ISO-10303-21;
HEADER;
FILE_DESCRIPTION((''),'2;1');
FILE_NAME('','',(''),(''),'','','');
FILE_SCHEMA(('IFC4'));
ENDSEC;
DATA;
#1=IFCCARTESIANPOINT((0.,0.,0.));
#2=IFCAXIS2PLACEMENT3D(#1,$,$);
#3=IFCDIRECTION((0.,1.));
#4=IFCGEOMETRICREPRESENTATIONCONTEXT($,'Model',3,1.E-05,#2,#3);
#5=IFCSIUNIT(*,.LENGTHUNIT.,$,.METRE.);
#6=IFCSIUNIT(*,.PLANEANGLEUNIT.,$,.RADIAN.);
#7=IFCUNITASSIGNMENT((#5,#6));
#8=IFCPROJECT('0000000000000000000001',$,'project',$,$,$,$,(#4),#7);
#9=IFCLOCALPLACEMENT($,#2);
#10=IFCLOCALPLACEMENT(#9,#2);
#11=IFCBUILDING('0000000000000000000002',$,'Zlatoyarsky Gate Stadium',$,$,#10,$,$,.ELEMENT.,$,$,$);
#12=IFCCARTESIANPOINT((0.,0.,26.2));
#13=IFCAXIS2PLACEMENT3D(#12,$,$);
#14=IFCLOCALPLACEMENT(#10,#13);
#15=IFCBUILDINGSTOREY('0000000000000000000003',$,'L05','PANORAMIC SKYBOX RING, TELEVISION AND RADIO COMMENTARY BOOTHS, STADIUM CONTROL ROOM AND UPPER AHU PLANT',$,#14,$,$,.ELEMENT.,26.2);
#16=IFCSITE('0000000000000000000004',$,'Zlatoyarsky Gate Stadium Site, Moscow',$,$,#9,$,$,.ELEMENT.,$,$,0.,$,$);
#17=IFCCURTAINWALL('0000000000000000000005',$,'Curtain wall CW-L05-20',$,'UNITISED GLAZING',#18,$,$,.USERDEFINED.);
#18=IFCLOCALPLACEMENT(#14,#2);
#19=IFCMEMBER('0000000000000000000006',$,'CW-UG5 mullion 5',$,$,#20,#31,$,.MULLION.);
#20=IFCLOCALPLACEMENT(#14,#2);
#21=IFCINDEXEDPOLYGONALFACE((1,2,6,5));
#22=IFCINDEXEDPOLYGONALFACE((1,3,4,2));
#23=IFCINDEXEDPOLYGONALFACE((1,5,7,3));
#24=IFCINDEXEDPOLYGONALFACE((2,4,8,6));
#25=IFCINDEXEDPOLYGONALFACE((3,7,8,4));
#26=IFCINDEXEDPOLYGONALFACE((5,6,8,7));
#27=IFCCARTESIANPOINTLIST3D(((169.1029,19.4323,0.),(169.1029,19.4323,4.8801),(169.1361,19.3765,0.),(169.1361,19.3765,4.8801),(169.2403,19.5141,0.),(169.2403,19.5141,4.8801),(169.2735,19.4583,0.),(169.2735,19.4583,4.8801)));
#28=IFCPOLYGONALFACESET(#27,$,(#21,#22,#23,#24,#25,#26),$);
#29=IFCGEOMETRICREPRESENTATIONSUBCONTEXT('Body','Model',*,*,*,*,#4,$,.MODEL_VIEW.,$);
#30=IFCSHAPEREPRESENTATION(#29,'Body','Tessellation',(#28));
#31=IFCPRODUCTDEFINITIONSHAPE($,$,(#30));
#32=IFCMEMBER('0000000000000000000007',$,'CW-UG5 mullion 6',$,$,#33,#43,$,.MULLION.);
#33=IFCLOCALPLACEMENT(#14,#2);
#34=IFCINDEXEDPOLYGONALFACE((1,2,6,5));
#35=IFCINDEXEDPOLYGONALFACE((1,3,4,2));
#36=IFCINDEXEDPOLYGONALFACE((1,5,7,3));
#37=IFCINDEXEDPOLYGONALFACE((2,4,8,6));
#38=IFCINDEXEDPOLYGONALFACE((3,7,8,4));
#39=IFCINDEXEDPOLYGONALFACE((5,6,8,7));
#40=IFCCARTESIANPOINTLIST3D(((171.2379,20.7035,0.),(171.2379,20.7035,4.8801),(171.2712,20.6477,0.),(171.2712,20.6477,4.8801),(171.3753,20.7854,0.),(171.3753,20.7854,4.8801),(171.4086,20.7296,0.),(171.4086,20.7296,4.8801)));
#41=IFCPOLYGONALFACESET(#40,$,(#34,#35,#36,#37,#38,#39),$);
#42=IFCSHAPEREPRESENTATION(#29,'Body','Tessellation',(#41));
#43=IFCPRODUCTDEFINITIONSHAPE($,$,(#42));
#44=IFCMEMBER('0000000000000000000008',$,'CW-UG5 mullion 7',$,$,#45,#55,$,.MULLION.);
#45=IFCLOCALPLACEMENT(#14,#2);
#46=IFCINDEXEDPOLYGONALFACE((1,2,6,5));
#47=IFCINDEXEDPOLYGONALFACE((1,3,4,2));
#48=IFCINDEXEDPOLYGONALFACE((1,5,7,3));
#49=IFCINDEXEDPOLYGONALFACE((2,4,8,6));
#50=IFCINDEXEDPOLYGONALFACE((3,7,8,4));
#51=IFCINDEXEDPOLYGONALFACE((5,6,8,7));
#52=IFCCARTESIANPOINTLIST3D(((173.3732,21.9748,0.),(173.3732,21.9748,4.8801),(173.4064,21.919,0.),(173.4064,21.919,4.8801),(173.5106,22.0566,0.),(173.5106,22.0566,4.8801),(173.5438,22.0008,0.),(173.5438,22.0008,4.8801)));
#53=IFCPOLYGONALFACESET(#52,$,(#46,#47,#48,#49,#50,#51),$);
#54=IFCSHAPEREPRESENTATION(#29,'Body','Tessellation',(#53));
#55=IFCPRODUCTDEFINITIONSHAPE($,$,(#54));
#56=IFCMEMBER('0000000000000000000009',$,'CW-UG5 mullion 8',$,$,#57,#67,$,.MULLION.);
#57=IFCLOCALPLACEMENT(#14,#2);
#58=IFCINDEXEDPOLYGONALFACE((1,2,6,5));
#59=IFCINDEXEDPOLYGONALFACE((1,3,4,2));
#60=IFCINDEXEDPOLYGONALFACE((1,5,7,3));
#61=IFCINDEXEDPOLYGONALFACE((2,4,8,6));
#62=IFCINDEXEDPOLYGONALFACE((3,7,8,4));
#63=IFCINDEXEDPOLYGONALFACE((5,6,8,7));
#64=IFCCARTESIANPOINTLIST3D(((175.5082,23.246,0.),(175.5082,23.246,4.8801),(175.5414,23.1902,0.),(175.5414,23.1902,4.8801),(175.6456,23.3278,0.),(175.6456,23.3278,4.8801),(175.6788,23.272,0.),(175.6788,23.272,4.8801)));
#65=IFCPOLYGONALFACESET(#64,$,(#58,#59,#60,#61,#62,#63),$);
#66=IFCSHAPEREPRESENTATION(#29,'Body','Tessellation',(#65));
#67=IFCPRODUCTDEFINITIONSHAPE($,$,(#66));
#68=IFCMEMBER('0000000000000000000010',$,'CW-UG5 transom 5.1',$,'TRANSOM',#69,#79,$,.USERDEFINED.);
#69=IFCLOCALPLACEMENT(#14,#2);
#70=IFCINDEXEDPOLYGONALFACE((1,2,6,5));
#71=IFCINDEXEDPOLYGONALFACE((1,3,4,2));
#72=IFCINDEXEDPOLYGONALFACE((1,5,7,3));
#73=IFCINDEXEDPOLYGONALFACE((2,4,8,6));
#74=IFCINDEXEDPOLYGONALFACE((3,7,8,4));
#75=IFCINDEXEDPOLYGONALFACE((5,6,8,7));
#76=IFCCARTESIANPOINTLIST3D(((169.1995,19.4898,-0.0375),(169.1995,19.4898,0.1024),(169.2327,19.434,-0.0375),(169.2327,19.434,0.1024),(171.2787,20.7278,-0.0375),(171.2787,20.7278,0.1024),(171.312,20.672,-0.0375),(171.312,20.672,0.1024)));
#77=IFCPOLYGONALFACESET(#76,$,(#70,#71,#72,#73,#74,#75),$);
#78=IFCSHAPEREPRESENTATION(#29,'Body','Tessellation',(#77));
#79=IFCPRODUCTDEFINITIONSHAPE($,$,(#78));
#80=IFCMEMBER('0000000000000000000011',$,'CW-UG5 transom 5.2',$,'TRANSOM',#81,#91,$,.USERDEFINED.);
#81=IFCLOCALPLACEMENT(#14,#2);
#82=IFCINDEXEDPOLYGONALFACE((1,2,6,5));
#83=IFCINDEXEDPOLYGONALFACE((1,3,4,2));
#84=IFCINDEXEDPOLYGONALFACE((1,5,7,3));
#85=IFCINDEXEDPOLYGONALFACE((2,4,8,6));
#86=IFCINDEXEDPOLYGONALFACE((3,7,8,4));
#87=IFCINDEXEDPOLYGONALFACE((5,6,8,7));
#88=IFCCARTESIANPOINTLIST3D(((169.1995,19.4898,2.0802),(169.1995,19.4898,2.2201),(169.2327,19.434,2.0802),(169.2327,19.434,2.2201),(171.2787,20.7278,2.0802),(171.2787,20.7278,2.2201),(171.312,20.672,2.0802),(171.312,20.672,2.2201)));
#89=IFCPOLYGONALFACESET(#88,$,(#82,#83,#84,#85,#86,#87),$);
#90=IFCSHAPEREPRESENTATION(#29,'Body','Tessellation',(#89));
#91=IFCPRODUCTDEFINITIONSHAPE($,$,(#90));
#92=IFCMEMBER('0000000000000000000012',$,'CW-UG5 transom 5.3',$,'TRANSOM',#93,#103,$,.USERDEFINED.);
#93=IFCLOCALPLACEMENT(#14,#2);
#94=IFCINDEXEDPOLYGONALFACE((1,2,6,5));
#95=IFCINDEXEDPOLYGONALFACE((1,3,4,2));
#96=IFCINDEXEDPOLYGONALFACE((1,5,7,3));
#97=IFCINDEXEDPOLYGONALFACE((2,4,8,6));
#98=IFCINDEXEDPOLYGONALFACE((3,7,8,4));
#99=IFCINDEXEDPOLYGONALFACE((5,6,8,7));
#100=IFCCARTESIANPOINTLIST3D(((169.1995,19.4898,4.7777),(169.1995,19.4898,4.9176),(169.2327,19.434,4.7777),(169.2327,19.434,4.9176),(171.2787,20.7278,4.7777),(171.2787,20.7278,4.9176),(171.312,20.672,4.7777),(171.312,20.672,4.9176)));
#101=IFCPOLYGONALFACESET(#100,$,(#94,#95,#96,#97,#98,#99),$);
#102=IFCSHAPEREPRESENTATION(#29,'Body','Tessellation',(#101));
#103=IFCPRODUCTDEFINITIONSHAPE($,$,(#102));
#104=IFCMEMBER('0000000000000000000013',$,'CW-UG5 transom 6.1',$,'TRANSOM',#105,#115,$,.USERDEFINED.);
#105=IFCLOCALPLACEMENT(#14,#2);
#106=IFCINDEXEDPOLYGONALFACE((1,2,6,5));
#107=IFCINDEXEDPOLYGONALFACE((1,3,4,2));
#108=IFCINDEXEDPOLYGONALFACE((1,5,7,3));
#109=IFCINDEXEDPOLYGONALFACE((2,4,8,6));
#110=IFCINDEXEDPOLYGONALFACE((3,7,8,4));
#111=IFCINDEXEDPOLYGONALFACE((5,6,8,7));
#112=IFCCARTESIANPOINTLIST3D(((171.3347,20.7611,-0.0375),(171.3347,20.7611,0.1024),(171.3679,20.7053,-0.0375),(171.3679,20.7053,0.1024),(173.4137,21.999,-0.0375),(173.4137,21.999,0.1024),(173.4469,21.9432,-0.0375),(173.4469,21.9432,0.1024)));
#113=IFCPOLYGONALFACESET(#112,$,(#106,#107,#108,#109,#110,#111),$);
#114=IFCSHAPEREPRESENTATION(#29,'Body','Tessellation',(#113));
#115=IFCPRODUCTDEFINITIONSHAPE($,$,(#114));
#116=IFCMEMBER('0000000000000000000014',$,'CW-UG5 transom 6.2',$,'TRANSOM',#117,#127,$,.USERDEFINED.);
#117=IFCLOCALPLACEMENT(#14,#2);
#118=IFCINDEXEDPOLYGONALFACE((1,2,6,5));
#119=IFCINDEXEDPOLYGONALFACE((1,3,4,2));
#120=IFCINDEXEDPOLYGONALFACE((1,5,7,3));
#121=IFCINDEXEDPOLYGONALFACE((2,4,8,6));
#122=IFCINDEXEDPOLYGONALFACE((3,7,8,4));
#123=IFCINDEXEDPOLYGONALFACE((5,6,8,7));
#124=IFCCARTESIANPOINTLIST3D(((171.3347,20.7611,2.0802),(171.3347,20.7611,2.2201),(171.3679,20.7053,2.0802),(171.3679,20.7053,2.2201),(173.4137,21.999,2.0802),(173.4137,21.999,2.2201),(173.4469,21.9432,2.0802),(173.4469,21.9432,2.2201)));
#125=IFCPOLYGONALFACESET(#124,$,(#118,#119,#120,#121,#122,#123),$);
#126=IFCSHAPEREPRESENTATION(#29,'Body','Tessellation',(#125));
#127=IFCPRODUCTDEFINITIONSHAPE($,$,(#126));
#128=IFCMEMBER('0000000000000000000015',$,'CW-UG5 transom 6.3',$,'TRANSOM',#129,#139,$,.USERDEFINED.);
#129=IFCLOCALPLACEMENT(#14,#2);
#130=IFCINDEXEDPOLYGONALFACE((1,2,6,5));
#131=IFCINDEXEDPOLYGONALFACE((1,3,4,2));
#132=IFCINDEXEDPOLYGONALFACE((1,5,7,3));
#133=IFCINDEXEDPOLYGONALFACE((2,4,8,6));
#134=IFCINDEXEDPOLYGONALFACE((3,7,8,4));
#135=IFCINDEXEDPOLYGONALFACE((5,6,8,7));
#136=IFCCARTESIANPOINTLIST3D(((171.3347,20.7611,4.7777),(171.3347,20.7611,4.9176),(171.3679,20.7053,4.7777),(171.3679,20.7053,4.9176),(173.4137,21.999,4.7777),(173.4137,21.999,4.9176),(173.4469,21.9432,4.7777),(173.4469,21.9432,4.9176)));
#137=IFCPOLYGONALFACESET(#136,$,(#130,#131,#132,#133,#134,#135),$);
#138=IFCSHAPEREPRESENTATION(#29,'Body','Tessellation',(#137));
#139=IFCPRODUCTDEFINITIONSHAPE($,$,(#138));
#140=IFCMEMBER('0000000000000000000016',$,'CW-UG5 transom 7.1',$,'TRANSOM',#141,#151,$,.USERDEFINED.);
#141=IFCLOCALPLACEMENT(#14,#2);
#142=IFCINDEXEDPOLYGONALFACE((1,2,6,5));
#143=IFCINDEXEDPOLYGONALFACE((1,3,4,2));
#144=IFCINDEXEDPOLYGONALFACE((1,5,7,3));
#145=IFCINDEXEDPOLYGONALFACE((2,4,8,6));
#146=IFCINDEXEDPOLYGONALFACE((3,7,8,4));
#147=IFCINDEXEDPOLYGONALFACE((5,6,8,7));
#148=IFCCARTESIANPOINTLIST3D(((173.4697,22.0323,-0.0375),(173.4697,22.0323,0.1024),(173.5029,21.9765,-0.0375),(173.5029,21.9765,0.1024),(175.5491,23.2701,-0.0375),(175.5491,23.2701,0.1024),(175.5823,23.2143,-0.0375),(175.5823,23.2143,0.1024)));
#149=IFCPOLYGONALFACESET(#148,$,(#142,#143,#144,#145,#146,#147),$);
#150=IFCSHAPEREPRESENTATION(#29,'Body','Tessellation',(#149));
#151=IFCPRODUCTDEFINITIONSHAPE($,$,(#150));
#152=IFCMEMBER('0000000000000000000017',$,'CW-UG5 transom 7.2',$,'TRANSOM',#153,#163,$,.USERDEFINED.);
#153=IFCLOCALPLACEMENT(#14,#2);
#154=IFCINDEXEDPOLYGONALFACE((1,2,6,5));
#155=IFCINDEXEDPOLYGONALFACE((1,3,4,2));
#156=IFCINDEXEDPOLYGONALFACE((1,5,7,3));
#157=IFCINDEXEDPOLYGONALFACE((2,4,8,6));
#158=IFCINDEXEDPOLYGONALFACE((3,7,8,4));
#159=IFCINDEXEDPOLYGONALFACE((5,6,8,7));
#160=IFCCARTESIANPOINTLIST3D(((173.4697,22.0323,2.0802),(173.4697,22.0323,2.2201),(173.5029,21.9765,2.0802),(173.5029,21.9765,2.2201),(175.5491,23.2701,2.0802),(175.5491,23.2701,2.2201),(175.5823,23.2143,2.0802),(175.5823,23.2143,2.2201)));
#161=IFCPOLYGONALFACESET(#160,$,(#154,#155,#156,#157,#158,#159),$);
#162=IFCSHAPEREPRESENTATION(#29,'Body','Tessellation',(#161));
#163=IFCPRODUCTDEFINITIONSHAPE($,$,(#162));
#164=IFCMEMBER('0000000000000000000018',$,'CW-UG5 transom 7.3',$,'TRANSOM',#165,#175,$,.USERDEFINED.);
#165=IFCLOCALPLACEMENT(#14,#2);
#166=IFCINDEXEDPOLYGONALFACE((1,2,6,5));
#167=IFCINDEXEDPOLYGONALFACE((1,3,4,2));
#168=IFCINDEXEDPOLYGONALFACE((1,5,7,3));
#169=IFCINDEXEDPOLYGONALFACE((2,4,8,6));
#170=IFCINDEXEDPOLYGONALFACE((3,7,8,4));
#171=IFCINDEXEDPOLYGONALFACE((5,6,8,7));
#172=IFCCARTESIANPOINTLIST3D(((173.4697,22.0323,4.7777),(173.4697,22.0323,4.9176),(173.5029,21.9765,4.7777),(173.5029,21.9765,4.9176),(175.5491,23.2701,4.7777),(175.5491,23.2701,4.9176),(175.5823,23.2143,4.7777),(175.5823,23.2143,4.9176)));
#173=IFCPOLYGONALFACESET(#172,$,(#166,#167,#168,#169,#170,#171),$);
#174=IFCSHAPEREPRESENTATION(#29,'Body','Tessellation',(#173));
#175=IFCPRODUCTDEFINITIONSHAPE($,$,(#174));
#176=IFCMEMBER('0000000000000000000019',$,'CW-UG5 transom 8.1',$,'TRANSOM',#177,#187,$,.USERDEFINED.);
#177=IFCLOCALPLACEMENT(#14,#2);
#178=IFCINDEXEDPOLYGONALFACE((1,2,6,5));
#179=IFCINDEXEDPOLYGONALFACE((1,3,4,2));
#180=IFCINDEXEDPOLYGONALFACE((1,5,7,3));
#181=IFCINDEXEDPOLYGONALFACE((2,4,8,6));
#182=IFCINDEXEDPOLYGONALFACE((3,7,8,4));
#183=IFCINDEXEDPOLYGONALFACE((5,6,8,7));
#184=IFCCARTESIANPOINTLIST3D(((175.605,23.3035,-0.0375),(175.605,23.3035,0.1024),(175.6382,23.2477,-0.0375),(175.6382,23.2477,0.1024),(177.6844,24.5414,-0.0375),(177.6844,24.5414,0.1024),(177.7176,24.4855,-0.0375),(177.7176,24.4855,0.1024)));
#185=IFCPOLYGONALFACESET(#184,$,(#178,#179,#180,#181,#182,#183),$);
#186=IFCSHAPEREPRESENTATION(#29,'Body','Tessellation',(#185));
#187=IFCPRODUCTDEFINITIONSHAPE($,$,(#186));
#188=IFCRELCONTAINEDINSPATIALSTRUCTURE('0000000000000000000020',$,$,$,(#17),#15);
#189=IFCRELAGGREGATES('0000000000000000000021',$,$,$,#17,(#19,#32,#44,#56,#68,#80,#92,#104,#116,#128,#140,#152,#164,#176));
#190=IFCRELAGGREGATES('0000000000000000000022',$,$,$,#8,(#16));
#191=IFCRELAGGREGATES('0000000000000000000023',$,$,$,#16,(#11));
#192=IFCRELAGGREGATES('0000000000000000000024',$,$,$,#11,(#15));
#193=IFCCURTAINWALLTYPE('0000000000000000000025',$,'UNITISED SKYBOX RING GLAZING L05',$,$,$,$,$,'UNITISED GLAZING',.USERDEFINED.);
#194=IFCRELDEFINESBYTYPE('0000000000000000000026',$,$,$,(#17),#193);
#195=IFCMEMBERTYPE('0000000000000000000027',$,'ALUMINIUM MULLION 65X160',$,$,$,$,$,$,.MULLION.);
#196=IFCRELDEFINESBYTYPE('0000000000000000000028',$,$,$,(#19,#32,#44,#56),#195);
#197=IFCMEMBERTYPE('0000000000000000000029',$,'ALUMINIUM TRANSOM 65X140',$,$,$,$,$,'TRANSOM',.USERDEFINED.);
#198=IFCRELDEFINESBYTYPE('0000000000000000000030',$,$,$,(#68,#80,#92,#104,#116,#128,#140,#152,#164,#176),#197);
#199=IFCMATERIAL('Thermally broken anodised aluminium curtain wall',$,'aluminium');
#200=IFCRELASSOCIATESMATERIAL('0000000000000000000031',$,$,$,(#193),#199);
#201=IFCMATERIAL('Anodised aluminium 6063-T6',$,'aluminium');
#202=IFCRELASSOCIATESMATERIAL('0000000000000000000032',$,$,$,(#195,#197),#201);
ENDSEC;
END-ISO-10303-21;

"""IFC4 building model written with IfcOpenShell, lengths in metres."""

from ifc_helpers import new_model, si_unit, direction, frame, origin, origin_2d, place, context, subcontext, project, spatial, rectangle, extrude, material, material_profile, profile_set, type_object, element, aggregate, save


model = new_model("IFC4")

# Units and contexts
model_context = context("Model", 3, precision=1e-05, world=origin(), true_north=direction((0.0, 1.0)))
body_context = subcontext(model_context, "Body", "Model", "MODEL_VIEW")
ifc_project = project(units=[si_unit("LENGTHUNIT", "METRE"), si_unit("PLANEANGLEUNIT", "RADIAN")], contexts=[model_context])

# Site, building, storey
site_placement = place(None, origin())
site = spatial("IfcSite", under=ifc_project, at=site_placement, Name="Zlatoyarsky Gate Stadium Site, Moscow", CompositionType="ELEMENT", RefElevation=0.0)
building_placement = place(site_placement, origin())
building = spatial("IfcBuilding", under=site, at=building_placement, Name="Zlatoyarsky Gate Stadium", CompositionType="ELEMENT")
storey_placement = place(building_placement, frame((0.0, 0.0, 26.2)))
storey = spatial("IfcBuildingStorey", under=building, at=storey_placement, Name="L05", Description="PANORAMIC SKYBOX RING, TELEVISION AND RADIO COMMENTARY BOOTHS, STADIUM CONTROL ROOM AND UPPER AHU PLANT", CompositionType="ELEMENT", Elevation=26.2)

# Curtain wall, members
ifc_material_1 = material(Name="Thermally broken anodised aluminium curtain wall", Category="aluminium")
curtain_wall_type = type_object("IfcCurtainWallType", Name="UNITISED SKYBOX RING GLAZING L05", ElementType="UNITISED GLAZING", PredefinedType="USERDEFINED", material=ifc_material_1)
curtain_wall_placement = place(storey_placement, origin())
curtain_wall = element("IfcCurtainWall", 1, at=curtain_wall_placement, inside=storey, type_object=curtain_wall_type, Name="Curtain wall CW-L05-20", ObjectType="UNITISED GLAZING", PredefinedType="USERDEFINED")
ifc_material_2 = material(Name="Anodised aluminium 6063-T6", Category="aluminium")
ifc_material_profile_1 = material_profile(ifc_material_2, rectangle(XDim=0.0649, YDim=0.1599, at=origin_2d()), Name="ALU 65X160")
ifc_profile_set_1 = profile_set([ifc_material_profile_1], Name="Anodised aluminium 6063-T6")
member_type_1 = type_object("IfcMemberType", Name="ALUMINIUM MULLION 65X160", PredefinedType="MULLION", material=ifc_profile_set_1)
member_1_placement = place(storey_placement, frame((169.1882, 19.4453, 0.0), z_axis=(0.0, 0.0, 1.0), x_axis=(-0.511577, 0.859237, 0.0)))
member_1 = element("IfcMember", 2, at=member_1_placement, type_object=member_type_1, Name="CW-UG5 mullion 5", PredefinedType="MULLION", context=body_context, shape_type="SweptSolid", body=[
    extrude(rectangle(XDim=0.0649, YDim=0.1599, at=origin_2d()), origin(), (0.0, 0.0, 1.0), 4.8801),
])
member_2_placement = place(storey_placement, frame((171.3232, 20.7166, 0.0), z_axis=(0.0, 0.0, 1.0), x_axis=(-0.511577, 0.859237, 0.0)))
member_2 = element("IfcMember", 3, at=member_2_placement, type_object=member_type_1, Name="CW-UG5 mullion 6", PredefinedType="MULLION", context=body_context, shape_type="SweptSolid", body=[
    extrude(rectangle(XDim=0.0649, YDim=0.1599, at=origin_2d()), origin(), (0.0, 0.0, 1.0), 4.8801),
])
member_3_placement = place(storey_placement, frame((173.4585, 21.9878, 0.0), z_axis=(0.0, 0.0, 1.0), x_axis=(-0.511577, 0.859237, 0.0)))
member_3 = element("IfcMember", 4, at=member_3_placement, type_object=member_type_1, Name="CW-UG5 mullion 7", PredefinedType="MULLION", context=body_context, shape_type="SweptSolid", body=[
    extrude(rectangle(XDim=0.0649, YDim=0.1599, at=origin_2d()), origin(), (0.0, 0.0, 1.0), 4.8801),
])
member_4_placement = place(storey_placement, frame((175.5935, 23.259, 0.0), z_axis=(0.0, 0.0, 1.0), x_axis=(-0.511577, 0.859237, 0.0)))
member_4 = element("IfcMember", 5, at=member_4_placement, type_object=member_type_1, Name="CW-UG5 mullion 8", PredefinedType="MULLION", context=body_context, shape_type="SweptSolid", body=[
    extrude(rectangle(XDim=0.0649, YDim=0.1599, at=origin_2d()), origin(), (0.0, 0.0, 1.0), 4.8801),
])
ifc_material_profile_2 = material_profile(ifc_material_2, rectangle(XDim=0.0649, YDim=0.1399, at=origin_2d()), Name="ALU 65X140")
ifc_profile_set_2 = profile_set([ifc_material_profile_2], Name="Anodised aluminium 6063-T6")
member_type_2 = type_object("IfcMemberType", Name="ALUMINIUM TRANSOM 65X140", ElementType="TRANSOM", PredefinedType="USERDEFINED", material=ifc_profile_set_2)
member_5_placement = place(storey_placement, frame((169.2161, 19.4619, 0.0325), z_axis=(0.859233, 0.511585, 0.0), x_axis=(-0.511585, 0.859233, 0.0)))
member_5 = element("IfcMember", 6, at=member_5_placement, type_object=member_type_2, Name="CW-UG5 transom 5.1", ObjectType="TRANSOM", PredefinedType="USERDEFINED", context=body_context, shape_type="SweptSolid", body=[
    extrude(rectangle(XDim=0.0649, YDim=0.1399, at=origin_2d()), origin(), (0.0, 0.0, 1.0), 2.4199),
])
member_6_placement = place(storey_placement, frame((169.2161, 19.4619, 2.1501), z_axis=(0.859233, 0.511585, 0.0), x_axis=(-0.511585, 0.859233, 0.0)))
member_6 = element("IfcMember", 7, at=member_6_placement, type_object=member_type_2, Name="CW-UG5 transom 5.2", ObjectType="TRANSOM", PredefinedType="USERDEFINED", context=body_context, shape_type="SweptSolid", body=[
    extrude(rectangle(XDim=0.0649, YDim=0.1399, at=origin_2d()), origin(), (0.0, 0.0, 1.0), 2.4199),
])
member_7_placement = place(storey_placement, frame((169.2161, 19.4619, 4.8477), z_axis=(0.859233, 0.511585, 0.0), x_axis=(-0.511585, 0.859233, 0.0)))
member_7 = element("IfcMember", 8, at=member_7_placement, type_object=member_type_2, Name="CW-UG5 transom 5.3", ObjectType="TRANSOM", PredefinedType="USERDEFINED", context=body_context, shape_type="SweptSolid", body=[
    extrude(rectangle(XDim=0.0649, YDim=0.1399, at=origin_2d()), origin(), (0.0, 0.0, 1.0), 2.4199),
])
member_8_placement = place(storey_placement, frame((171.3513, 20.7332, 0.0325), z_axis=(0.859206, 0.511629, 0.0), x_axis=(-0.511629, 0.859206, 0.0)))
member_8 = element("IfcMember", 9, at=member_8_placement, type_object=member_type_2, Name="CW-UG5 transom 6.1", ObjectType="TRANSOM", PredefinedType="USERDEFINED", context=body_context, shape_type="SweptSolid", body=[
    extrude(rectangle(XDim=0.0649, YDim=0.1399, at=origin_2d()), origin(), (0.0, 0.0, 1.0), 2.4197),
])
member_9_placement = place(storey_placement, frame((171.3513, 20.7332, 2.1501), z_axis=(0.859206, 0.511629, 0.0), x_axis=(-0.511629, 0.859206, 0.0)))
member_9 = element("IfcMember", 10, at=member_9_placement, type_object=member_type_2, Name="CW-UG5 transom 6.2", ObjectType="TRANSOM", PredefinedType="USERDEFINED", context=body_context, shape_type="SweptSolid", body=[
    extrude(rectangle(XDim=0.0649, YDim=0.1399, at=origin_2d()), origin(), (0.0, 0.0, 1.0), 2.4197),
])
member_10_placement = place(storey_placement, frame((171.3513, 20.7332, 4.8477), z_axis=(0.859206, 0.511629, 0.0), x_axis=(-0.511629, 0.859206, 0.0)))
member_10 = element("IfcMember", 11, at=member_10_placement, type_object=member_type_2, Name="CW-UG5 transom 6.3", ObjectType="TRANSOM", PredefinedType="USERDEFINED", context=body_context, shape_type="SweptSolid", body=[
    extrude(rectangle(XDim=0.0649, YDim=0.1399, at=origin_2d()), origin(), (0.0, 0.0, 1.0), 2.4197),
])
member_11_placement = place(storey_placement, frame((173.4863, 22.0044, 0.0325), z_axis=(0.859277, 0.51151, 0.0), x_axis=(-0.51151, 0.859277, 0.0)))
member_11 = element("IfcMember", 12, at=member_11_placement, type_object=member_type_2, Name="CW-UG5 transom 7.1", ObjectType="TRANSOM", PredefinedType="USERDEFINED", context=body_context, shape_type="SweptSolid", body=[
    extrude(rectangle(XDim=0.0649, YDim=0.1399, at=origin_2d()), origin(), (0.0, 0.0, 1.0), 2.4199),
])
member_12_placement = place(storey_placement, frame((173.4863, 22.0044, 2.1501), z_axis=(0.859277, 0.51151, 0.0), x_axis=(-0.51151, 0.859277, 0.0)))
member_12 = element("IfcMember", 13, at=member_12_placement, type_object=member_type_2, Name="CW-UG5 transom 7.2", ObjectType="TRANSOM", PredefinedType="USERDEFINED", context=body_context, shape_type="SweptSolid", body=[
    extrude(rectangle(XDim=0.0649, YDim=0.1399, at=origin_2d()), origin(), (0.0, 0.0, 1.0), 2.4199),
])
member_13_placement = place(storey_placement, frame((173.4863, 22.0044, 4.8477), z_axis=(0.859277, 0.51151, 0.0), x_axis=(-0.51151, 0.859277, 0.0)))
member_13 = element("IfcMember", 14, at=member_13_placement, type_object=member_type_2, Name="CW-UG5 transom 7.3", ObjectType="TRANSOM", PredefinedType="USERDEFINED", context=body_context, shape_type="SweptSolid", body=[
    extrude(rectangle(XDim=0.0649, YDim=0.1399, at=origin_2d()), origin(), (0.0, 0.0, 1.0), 2.4199),
])
member_14_placement = place(storey_placement, frame((175.6216, 23.2756, 0.0325), z_axis=(0.859277, 0.51151, 0.0), x_axis=(-0.51151, 0.859277, 0.0)))
member_14 = element("IfcMember", 15, at=member_14_placement, type_object=member_type_2, Name="CW-UG5 transom 8.1", ObjectType="TRANSOM", PredefinedType="USERDEFINED", context=body_context, shape_type="SweptSolid", body=[
    extrude(rectangle(XDim=0.0649, YDim=0.1399, at=origin_2d()), origin(), (0.0, 0.0, 1.0), 2.4199),
])

aggregate(curtain_wall, [member_1, member_2, member_3, member_4, member_5, member_6, member_7, member_8, member_9, member_10, member_11, member_12, member_13, member_14])

save(model, "model.ifc")
